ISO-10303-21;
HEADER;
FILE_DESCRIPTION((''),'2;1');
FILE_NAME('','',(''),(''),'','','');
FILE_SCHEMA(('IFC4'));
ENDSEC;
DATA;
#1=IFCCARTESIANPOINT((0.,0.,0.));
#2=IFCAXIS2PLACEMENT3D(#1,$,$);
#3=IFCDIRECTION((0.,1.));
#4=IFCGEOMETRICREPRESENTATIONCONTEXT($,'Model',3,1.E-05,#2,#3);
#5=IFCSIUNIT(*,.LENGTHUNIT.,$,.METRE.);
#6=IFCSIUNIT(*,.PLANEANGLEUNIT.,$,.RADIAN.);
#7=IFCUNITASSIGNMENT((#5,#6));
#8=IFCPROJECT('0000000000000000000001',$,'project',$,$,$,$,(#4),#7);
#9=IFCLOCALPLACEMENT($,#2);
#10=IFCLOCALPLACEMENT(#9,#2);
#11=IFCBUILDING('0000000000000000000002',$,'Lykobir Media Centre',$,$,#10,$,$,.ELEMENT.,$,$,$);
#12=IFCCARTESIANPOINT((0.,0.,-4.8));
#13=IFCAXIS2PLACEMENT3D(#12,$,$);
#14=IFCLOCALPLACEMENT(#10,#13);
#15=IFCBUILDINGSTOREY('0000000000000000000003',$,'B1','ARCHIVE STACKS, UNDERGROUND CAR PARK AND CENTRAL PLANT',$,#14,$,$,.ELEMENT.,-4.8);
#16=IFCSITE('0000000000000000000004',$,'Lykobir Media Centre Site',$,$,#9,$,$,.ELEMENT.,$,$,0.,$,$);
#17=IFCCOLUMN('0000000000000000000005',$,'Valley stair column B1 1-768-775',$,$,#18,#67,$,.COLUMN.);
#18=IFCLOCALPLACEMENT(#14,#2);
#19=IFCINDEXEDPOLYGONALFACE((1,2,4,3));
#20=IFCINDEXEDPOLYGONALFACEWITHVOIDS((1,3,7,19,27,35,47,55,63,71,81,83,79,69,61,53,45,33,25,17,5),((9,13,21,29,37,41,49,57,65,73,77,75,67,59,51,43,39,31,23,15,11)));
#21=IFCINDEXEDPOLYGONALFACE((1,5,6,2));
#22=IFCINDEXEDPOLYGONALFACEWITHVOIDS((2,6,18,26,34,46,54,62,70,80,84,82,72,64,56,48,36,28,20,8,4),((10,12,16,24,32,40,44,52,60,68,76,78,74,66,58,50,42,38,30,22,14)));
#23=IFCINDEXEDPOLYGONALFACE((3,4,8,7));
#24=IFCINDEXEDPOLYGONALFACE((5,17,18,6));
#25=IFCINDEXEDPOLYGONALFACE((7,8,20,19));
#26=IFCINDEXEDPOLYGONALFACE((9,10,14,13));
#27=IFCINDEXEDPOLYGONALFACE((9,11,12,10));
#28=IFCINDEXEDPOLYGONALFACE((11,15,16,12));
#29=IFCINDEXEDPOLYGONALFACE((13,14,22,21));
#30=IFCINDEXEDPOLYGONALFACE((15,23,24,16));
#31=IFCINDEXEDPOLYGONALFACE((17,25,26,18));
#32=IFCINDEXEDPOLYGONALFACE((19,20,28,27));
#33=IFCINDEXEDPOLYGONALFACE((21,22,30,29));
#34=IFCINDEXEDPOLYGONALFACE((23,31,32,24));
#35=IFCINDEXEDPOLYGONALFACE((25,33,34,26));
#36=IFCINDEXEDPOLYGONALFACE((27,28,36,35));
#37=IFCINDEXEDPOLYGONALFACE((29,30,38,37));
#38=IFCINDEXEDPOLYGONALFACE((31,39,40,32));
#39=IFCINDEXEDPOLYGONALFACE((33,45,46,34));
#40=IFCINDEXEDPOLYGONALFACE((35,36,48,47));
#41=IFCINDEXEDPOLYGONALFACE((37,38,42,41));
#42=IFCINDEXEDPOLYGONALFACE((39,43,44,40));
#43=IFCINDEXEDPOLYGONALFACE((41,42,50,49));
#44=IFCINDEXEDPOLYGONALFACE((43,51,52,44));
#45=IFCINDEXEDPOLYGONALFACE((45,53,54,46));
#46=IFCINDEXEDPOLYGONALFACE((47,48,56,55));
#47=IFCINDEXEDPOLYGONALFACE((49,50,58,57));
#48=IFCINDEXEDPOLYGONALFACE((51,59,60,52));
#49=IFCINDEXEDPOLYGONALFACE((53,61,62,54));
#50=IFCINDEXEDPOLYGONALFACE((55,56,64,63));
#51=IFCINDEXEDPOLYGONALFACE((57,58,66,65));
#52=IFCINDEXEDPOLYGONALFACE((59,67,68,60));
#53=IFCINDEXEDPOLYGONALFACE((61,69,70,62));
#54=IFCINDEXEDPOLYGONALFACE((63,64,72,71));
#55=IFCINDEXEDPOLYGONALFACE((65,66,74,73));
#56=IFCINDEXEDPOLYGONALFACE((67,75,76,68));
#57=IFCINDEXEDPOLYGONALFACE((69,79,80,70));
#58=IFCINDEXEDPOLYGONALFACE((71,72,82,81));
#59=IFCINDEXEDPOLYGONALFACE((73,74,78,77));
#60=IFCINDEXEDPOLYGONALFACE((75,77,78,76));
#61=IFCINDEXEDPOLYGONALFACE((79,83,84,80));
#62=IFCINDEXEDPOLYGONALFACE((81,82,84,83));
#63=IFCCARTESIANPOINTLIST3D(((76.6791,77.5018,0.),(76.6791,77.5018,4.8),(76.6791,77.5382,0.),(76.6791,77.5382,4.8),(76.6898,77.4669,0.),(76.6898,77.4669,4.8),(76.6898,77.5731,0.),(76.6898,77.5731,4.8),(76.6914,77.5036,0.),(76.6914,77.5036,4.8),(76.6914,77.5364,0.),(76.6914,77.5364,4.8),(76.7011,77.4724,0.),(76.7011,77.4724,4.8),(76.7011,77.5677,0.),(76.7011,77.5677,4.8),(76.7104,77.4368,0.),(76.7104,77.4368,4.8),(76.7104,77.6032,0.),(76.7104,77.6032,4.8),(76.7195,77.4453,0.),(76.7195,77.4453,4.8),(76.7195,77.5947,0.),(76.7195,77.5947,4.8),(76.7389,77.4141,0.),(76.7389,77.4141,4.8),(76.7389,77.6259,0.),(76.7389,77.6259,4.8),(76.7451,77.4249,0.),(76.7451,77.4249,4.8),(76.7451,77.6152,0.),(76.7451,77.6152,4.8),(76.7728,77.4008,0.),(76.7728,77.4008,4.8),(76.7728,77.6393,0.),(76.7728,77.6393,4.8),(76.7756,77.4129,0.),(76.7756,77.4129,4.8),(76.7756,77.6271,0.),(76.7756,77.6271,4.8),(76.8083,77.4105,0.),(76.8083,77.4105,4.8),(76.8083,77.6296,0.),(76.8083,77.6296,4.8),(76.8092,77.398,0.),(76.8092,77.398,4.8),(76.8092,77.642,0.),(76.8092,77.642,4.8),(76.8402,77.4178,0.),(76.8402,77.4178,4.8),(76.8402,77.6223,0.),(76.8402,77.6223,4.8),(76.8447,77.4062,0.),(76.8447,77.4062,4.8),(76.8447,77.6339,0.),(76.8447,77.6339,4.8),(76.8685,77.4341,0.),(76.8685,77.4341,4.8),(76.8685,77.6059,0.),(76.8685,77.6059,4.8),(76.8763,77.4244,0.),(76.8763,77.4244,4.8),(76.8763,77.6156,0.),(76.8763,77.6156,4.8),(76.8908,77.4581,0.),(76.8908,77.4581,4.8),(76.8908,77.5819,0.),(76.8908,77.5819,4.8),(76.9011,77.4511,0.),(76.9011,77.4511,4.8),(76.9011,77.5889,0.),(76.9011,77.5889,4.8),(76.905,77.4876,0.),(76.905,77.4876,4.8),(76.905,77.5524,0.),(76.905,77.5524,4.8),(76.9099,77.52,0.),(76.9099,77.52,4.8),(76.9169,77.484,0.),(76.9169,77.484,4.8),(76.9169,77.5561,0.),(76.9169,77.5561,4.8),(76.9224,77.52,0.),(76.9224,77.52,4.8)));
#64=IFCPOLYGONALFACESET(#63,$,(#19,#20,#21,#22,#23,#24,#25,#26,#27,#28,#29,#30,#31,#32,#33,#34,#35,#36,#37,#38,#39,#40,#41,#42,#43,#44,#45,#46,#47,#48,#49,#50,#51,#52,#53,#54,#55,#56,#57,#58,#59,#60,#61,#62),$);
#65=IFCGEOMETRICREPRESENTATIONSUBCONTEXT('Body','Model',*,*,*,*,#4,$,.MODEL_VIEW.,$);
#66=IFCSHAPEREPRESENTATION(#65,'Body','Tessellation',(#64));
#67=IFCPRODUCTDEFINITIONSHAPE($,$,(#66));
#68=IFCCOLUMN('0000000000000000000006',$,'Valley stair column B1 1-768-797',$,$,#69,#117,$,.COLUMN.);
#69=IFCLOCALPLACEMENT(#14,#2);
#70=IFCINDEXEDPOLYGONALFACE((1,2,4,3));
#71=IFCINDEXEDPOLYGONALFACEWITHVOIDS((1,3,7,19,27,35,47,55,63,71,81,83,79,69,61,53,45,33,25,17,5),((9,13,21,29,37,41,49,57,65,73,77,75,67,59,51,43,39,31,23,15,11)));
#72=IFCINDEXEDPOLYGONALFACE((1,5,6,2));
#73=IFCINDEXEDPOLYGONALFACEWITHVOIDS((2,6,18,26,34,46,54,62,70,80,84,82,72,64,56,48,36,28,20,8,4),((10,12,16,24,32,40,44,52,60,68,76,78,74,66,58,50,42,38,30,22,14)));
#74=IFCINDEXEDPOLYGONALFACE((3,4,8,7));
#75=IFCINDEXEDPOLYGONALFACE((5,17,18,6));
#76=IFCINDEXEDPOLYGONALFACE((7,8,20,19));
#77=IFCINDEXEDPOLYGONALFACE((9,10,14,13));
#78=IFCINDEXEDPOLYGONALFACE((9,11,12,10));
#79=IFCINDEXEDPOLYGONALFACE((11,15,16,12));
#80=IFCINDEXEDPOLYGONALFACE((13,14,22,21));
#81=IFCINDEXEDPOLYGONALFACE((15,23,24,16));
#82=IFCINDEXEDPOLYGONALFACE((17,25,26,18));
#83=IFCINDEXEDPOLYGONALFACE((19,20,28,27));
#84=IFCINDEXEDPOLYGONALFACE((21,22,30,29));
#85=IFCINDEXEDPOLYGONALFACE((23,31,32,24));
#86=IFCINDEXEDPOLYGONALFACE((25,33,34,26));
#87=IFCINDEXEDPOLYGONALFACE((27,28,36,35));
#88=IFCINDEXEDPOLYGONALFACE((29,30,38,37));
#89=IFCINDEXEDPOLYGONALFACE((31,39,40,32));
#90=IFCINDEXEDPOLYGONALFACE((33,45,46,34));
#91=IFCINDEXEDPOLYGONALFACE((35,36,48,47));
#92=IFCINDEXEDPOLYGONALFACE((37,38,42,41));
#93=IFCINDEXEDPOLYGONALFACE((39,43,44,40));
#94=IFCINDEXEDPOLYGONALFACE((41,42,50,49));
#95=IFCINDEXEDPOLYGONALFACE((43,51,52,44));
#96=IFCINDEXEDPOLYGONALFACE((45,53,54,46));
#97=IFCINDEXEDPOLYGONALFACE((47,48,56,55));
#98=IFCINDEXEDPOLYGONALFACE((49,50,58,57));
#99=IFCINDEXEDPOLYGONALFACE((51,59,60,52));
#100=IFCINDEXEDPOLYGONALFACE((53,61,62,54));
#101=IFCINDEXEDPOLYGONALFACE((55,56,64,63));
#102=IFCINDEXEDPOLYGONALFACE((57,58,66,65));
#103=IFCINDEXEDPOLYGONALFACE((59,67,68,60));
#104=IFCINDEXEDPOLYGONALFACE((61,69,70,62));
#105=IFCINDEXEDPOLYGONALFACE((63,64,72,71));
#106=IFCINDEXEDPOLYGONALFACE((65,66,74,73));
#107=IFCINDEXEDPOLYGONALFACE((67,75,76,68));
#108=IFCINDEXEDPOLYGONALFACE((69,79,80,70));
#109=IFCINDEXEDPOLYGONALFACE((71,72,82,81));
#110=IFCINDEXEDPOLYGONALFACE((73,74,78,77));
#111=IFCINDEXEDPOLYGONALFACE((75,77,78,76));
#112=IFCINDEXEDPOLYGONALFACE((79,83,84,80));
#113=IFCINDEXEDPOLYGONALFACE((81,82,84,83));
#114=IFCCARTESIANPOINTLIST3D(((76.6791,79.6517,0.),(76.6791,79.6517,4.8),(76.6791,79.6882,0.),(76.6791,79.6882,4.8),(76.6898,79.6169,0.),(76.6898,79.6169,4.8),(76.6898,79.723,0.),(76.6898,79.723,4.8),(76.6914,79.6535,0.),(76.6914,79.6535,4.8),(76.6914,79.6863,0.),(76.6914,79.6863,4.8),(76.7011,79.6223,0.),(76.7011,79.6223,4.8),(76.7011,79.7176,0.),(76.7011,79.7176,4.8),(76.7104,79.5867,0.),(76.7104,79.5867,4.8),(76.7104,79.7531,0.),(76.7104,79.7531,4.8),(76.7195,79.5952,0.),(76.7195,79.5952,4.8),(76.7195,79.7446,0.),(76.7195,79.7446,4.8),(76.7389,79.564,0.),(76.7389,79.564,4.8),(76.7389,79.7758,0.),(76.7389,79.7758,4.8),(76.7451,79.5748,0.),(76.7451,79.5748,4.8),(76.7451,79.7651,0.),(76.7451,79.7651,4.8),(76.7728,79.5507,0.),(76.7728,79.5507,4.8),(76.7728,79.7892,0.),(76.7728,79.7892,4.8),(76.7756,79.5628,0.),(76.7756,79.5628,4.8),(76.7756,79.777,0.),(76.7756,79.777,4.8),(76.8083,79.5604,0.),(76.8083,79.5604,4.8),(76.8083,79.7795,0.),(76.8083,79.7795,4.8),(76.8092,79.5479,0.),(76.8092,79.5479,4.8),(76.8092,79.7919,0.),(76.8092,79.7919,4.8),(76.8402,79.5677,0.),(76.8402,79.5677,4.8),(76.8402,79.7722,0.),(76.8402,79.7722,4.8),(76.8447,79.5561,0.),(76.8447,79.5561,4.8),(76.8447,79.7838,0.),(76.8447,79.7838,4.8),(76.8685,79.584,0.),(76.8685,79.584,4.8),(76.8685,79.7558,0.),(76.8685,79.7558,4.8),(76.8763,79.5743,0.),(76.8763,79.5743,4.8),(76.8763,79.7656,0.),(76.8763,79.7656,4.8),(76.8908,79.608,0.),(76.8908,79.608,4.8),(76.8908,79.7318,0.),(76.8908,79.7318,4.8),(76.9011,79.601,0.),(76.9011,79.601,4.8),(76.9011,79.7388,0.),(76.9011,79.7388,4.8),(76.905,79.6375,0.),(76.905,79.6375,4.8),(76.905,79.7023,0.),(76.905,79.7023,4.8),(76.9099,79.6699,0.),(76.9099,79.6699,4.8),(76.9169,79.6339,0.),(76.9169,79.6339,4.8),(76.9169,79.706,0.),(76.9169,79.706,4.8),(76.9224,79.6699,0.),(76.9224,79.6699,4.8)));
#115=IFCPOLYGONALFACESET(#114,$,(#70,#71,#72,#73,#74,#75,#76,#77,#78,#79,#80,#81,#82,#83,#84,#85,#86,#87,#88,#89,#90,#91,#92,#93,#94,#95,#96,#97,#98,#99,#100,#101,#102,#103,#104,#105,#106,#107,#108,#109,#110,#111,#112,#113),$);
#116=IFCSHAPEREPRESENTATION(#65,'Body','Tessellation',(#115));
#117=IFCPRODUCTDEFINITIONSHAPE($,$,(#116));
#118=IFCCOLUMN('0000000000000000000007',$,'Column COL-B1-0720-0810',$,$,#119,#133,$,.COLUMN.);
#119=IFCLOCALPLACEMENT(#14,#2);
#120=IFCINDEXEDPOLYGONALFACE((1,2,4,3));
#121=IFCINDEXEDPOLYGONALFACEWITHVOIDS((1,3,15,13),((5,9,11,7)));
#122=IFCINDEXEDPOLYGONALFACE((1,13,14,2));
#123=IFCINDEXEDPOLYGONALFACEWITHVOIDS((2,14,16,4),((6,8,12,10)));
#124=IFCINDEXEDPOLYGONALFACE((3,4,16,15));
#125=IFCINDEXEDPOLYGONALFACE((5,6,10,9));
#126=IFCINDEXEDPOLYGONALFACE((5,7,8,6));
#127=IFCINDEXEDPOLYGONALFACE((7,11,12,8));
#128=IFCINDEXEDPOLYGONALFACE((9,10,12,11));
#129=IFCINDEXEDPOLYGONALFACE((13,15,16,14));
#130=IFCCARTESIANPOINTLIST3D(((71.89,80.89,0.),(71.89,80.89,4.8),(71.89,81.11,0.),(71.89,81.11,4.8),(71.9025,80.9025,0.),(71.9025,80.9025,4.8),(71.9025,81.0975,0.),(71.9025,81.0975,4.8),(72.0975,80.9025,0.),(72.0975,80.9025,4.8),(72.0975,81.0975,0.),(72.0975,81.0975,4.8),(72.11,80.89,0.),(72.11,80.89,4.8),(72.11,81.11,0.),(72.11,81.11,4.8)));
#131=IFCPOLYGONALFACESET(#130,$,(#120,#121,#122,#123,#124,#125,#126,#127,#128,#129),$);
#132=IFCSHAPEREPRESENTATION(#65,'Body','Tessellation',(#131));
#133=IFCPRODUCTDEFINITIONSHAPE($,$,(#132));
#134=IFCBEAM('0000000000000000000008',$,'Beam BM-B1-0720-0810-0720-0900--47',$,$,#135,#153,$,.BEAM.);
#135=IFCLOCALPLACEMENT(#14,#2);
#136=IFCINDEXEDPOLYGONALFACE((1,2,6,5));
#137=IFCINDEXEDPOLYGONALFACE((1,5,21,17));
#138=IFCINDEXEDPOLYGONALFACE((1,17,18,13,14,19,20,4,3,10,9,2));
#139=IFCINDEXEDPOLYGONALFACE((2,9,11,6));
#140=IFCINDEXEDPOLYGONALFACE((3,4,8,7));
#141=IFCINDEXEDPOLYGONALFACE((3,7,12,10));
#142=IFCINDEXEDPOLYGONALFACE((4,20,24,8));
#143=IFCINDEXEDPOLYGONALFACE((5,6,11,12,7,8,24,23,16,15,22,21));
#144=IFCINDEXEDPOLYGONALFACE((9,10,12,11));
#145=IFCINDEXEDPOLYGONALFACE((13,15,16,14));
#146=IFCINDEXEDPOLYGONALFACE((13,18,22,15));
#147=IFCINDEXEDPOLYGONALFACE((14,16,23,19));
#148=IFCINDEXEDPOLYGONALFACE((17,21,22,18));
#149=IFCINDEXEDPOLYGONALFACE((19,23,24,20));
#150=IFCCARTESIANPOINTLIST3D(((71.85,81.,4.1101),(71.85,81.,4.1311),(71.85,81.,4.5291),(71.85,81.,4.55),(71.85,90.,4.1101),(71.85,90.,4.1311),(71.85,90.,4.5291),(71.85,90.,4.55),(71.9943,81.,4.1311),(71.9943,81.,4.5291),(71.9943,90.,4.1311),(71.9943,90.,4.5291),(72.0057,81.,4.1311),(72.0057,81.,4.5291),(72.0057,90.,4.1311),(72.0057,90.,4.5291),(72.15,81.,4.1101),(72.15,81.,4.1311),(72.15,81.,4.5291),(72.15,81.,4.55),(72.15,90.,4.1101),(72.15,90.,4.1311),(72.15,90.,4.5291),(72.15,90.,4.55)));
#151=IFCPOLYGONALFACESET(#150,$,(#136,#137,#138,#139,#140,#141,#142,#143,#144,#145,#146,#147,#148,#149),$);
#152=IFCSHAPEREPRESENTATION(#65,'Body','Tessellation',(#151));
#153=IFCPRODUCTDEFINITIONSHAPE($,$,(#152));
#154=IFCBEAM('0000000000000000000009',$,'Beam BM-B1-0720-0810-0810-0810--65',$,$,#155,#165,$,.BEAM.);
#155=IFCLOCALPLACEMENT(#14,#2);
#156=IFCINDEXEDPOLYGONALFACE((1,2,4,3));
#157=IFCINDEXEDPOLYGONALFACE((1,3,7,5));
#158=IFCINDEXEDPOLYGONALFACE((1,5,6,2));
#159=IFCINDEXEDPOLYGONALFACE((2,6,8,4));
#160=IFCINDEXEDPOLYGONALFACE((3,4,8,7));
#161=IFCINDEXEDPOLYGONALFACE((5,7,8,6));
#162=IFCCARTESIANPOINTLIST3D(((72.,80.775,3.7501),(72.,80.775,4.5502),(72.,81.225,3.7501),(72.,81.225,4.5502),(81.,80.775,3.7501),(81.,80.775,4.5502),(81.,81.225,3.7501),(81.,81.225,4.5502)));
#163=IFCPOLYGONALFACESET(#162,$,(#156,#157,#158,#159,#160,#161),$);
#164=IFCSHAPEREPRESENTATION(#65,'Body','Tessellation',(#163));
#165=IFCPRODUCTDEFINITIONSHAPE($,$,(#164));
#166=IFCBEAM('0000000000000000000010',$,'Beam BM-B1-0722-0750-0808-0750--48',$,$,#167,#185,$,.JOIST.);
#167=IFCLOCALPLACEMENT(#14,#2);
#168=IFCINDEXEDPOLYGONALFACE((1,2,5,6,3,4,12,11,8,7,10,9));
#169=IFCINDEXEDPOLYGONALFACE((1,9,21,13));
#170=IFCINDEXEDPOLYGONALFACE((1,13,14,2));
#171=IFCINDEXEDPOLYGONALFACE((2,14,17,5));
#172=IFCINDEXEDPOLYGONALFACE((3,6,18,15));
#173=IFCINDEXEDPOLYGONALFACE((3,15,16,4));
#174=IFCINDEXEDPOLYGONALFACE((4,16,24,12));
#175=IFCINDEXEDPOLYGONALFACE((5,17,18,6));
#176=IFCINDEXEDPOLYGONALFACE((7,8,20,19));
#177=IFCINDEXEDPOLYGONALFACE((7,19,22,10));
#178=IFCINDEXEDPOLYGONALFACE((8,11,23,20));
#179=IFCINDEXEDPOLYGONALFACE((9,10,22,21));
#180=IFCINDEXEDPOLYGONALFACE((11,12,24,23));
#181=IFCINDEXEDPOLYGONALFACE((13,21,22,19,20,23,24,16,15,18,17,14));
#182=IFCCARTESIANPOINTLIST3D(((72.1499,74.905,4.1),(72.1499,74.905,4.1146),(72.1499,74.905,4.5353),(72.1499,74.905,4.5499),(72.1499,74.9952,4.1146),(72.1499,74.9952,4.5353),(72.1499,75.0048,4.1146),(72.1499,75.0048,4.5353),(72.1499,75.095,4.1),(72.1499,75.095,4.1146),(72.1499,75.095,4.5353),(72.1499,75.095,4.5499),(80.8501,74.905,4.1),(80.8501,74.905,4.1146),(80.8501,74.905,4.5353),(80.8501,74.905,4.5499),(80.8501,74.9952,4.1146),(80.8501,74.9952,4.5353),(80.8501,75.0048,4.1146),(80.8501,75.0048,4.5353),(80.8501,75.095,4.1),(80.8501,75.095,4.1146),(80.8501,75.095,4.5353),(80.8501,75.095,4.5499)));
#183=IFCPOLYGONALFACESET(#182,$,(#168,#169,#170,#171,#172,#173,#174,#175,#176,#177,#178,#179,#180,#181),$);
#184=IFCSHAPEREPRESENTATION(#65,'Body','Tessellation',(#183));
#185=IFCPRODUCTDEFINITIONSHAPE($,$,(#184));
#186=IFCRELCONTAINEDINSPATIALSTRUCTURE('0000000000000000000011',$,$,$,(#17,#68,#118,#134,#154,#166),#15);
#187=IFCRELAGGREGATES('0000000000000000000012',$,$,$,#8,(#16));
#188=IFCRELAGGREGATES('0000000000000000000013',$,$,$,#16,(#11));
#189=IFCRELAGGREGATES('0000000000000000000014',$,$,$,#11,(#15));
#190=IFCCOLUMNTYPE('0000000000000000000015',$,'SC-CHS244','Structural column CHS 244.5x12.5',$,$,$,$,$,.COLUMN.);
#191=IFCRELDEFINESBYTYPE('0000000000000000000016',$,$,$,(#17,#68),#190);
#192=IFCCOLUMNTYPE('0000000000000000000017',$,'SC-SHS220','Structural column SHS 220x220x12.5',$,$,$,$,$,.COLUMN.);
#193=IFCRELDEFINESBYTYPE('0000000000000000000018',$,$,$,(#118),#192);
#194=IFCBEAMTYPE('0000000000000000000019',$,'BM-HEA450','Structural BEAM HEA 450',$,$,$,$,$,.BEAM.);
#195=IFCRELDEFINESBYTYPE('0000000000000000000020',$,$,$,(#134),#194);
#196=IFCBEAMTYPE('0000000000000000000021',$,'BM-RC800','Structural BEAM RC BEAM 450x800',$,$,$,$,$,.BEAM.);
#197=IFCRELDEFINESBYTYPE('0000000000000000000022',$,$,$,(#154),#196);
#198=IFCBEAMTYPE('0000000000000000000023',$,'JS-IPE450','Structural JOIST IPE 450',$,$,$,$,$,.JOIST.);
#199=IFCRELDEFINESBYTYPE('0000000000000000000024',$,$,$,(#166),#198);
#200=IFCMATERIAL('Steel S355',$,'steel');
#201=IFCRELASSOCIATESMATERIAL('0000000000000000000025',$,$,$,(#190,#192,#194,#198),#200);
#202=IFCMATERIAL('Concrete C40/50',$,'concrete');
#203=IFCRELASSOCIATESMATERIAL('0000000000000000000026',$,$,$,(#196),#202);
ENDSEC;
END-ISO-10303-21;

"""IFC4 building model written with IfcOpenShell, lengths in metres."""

from ifc_helpers import new_model, si_unit, direction, frame, origin, origin_2d, place, context, subcontext, project, spatial, rectangle, hollow_rectangle, hollow_circle, i_section, extrude, material, material_profile, profile_set, type_object, element, save


model = new_model("IFC4")

# Units and contexts
model_context = context("Model", 3, precision=1e-05, world=origin(), true_north=direction((0.0, 1.0)))
body_context = subcontext(model_context, "Body", "Model", "MODEL_VIEW")
ifc_project = project(units=[si_unit("LENGTHUNIT", "METRE"), si_unit("PLANEANGLEUNIT", "RADIAN")], contexts=[model_context])

# Site, building, storey
site_placement = place(None, origin())
site = spatial("IfcSite", under=ifc_project, at=site_placement, Name="Lykobir Media Centre Site", CompositionType="ELEMENT", RefElevation=0.0)
building_placement = place(site_placement, origin())
building = spatial("IfcBuilding", under=site, at=building_placement, Name="Lykobir Media Centre", CompositionType="ELEMENT")
storey_placement = place(building_placement, frame((0.0, 0.0, -4.8)))
storey = spatial("IfcBuildingStorey", under=building, at=storey_placement, Name="B1", Description="ARCHIVE STACKS, UNDERGROUND CAR PARK AND CENTRAL PLANT", CompositionType="ELEMENT", Elevation=-4.8)

# Columns
ifc_material_1 = material(Name="Concrete C40/50", Category="concrete")
ifc_material_2 = material(Name="Steel S355", Category="steel")
ifc_material_profile_1 = material_profile(ifc_material_2, hollow_circle(Radius=0.1223, WallThickness=0.0125, at=origin_2d()), Name="CHS 244.5x12.5")
ifc_profile_set_1 = profile_set([ifc_material_profile_1], Name="Steel S355")
column_type_1 = type_object("IfcColumnType", Name="SC-CHS244", Description="Structural column CHS 244.5x12.5", PredefinedType="COLUMN", material=ifc_profile_set_1)
for number, where, z_axis, x_axis, name in (
    (1, (76.8, 77.52, 0.0), (0.0, 0.0, 1.0), (1.0, 0.0, 0.0), "Valley stair column B1 1-768-775"),
    (2, (76.8, 79.6699, 0.0), (0.0, 0.0, 1.0), (1.0, 0.0, 0.0), "Valley stair column B1 1-768-797"),
):
    element("IfcColumn", number, at=place(storey_placement, frame(where, z_axis=z_axis, x_axis=x_axis)), inside=storey, type_object=column_type_1, Name=name, PredefinedType="COLUMN", context=body_context, shape_type="SweptSolid", body=[
        extrude(hollow_circle(Radius=0.1223, WallThickness=0.0125, at=origin_2d()), origin(), (0.0, 0.0, 1.0), 4.8),
    ])
ifc_material_profile_2 = material_profile(ifc_material_2, hollow_rectangle(XDim=0.22, YDim=0.22, WallThickness=0.0125, at=origin_2d()), Name="SHS 220x220x12.5")
ifc_profile_set_2 = profile_set([ifc_material_profile_2], Name="Steel S355")
column_type_2 = type_object("IfcColumnType", Name="SC-SHS220", Description="Structural column SHS 220x220x12.5", PredefinedType="COLUMN", material=ifc_profile_set_2)
column_placement = place(storey_placement, frame((72.0, 81.0, 0.0), z_axis=(0.0, 0.0, 1.0), x_axis=(1.0, 0.0, 0.0)))
element("IfcColumn", 3, at=column_placement, inside=storey, type_object=column_type_2, Name="Column COL-B1-0720-0810", PredefinedType="COLUMN", context=body_context, shape_type="SweptSolid", body=[
    extrude(hollow_rectangle(XDim=0.22, YDim=0.22, WallThickness=0.0125, at=origin_2d()), origin(), (0.0, 0.0, 1.0), 4.8),
])

# Beams
ifc_material_profile_3 = material_profile(ifc_material_2, i_section(OverallWidth=0.3, OverallDepth=0.4399, WebThickness=0.0115, FlangeThickness=0.021, at=origin_2d()), Name="HEA 450")
ifc_profile_set_3 = profile_set([ifc_material_profile_3], Name="Steel S355")
beam_type_1 = type_object("IfcBeamType", Name="BM-HEA450", Description="Structural BEAM HEA 450", PredefinedType="BEAM", material=ifc_profile_set_3)
beam_1_placement = place(storey_placement, frame((72.0, 81.0, 4.3301), z_axis=(0.0, 1.0, 0.0), x_axis=(-1.0, 0.0, 0.0)))
element("IfcBeam", 4, at=beam_1_placement, inside=storey, type_object=beam_type_1, Name="Beam BM-B1-0720-0810-0720-0900--47", PredefinedType="BEAM", context=body_context, shape_type="SweptSolid", body=[
    extrude(i_section(OverallWidth=0.3, OverallDepth=0.4399, WebThickness=0.0115, FlangeThickness=0.021, at=origin_2d()), origin(), (0.0, 0.0, 1.0), 9.0),
])
ifc_material_profile_4 = material_profile(ifc_material_1, rectangle(XDim=0.45, YDim=0.8, at=origin_2d()), Name="RC BEAM 450x800")
ifc_profile_set_4 = profile_set([ifc_material_profile_4], Name="Concrete C40/50")
beam_type_2 = type_object("IfcBeamType", Name="BM-RC800", Description="Structural BEAM RC BEAM 450x800", PredefinedType="BEAM", material=ifc_profile_set_4)
beam_2_placement = place(storey_placement, frame((72.0, 81.0, 4.1501), z_axis=(1.0, 0.0, 0.0), x_axis=(0.0, 1.0, 0.0)))
element("IfcBeam", 5, at=beam_2_placement, inside=storey, type_object=beam_type_2, Name="Beam BM-B1-0720-0810-0810-0810--65", PredefinedType="BEAM", context=body_context, shape_type="SweptSolid", body=[
    extrude(rectangle(XDim=0.45, YDim=0.8, at=origin_2d()), origin(), (0.0, 0.0, 1.0), 9.0),
])
ifc_material_profile_5 = material_profile(ifc_material_2, i_section(OverallWidth=0.1899, OverallDepth=0.45, WebThickness=0.0095, FlangeThickness=0.0146, at=origin_2d()), Name="IPE 450")
ifc_profile_set_5 = profile_set([ifc_material_profile_5], Name="Steel S355")
beam_type_3 = type_object("IfcBeamType", Name="JS-IPE450", Description="Structural JOIST IPE 450", PredefinedType="JOIST", material=ifc_profile_set_5)
for number, where, z_axis, x_axis, name in (
    (6, (72.1499, 75.0, 4.325), (1.0, 0.0, 0.0), (0.0, 1.0, 0.0), "Beam BM-B1-0722-0750-0808-0750--48"),
):
    element("IfcBeam", number, at=place(storey_placement, frame(where, z_axis=z_axis, x_axis=x_axis)), inside=storey, type_object=beam_type_3, Name=name, PredefinedType="JOIST", context=body_context, shape_type="SweptSolid", body=[
        extrude(i_section(OverallWidth=0.1899, OverallDepth=0.45, WebThickness=0.0095, FlangeThickness=0.0146, at=origin_2d()), origin(), (0.0, 0.0, 1.0), 8.7002),
    ])

save(model, "model.ifc")
